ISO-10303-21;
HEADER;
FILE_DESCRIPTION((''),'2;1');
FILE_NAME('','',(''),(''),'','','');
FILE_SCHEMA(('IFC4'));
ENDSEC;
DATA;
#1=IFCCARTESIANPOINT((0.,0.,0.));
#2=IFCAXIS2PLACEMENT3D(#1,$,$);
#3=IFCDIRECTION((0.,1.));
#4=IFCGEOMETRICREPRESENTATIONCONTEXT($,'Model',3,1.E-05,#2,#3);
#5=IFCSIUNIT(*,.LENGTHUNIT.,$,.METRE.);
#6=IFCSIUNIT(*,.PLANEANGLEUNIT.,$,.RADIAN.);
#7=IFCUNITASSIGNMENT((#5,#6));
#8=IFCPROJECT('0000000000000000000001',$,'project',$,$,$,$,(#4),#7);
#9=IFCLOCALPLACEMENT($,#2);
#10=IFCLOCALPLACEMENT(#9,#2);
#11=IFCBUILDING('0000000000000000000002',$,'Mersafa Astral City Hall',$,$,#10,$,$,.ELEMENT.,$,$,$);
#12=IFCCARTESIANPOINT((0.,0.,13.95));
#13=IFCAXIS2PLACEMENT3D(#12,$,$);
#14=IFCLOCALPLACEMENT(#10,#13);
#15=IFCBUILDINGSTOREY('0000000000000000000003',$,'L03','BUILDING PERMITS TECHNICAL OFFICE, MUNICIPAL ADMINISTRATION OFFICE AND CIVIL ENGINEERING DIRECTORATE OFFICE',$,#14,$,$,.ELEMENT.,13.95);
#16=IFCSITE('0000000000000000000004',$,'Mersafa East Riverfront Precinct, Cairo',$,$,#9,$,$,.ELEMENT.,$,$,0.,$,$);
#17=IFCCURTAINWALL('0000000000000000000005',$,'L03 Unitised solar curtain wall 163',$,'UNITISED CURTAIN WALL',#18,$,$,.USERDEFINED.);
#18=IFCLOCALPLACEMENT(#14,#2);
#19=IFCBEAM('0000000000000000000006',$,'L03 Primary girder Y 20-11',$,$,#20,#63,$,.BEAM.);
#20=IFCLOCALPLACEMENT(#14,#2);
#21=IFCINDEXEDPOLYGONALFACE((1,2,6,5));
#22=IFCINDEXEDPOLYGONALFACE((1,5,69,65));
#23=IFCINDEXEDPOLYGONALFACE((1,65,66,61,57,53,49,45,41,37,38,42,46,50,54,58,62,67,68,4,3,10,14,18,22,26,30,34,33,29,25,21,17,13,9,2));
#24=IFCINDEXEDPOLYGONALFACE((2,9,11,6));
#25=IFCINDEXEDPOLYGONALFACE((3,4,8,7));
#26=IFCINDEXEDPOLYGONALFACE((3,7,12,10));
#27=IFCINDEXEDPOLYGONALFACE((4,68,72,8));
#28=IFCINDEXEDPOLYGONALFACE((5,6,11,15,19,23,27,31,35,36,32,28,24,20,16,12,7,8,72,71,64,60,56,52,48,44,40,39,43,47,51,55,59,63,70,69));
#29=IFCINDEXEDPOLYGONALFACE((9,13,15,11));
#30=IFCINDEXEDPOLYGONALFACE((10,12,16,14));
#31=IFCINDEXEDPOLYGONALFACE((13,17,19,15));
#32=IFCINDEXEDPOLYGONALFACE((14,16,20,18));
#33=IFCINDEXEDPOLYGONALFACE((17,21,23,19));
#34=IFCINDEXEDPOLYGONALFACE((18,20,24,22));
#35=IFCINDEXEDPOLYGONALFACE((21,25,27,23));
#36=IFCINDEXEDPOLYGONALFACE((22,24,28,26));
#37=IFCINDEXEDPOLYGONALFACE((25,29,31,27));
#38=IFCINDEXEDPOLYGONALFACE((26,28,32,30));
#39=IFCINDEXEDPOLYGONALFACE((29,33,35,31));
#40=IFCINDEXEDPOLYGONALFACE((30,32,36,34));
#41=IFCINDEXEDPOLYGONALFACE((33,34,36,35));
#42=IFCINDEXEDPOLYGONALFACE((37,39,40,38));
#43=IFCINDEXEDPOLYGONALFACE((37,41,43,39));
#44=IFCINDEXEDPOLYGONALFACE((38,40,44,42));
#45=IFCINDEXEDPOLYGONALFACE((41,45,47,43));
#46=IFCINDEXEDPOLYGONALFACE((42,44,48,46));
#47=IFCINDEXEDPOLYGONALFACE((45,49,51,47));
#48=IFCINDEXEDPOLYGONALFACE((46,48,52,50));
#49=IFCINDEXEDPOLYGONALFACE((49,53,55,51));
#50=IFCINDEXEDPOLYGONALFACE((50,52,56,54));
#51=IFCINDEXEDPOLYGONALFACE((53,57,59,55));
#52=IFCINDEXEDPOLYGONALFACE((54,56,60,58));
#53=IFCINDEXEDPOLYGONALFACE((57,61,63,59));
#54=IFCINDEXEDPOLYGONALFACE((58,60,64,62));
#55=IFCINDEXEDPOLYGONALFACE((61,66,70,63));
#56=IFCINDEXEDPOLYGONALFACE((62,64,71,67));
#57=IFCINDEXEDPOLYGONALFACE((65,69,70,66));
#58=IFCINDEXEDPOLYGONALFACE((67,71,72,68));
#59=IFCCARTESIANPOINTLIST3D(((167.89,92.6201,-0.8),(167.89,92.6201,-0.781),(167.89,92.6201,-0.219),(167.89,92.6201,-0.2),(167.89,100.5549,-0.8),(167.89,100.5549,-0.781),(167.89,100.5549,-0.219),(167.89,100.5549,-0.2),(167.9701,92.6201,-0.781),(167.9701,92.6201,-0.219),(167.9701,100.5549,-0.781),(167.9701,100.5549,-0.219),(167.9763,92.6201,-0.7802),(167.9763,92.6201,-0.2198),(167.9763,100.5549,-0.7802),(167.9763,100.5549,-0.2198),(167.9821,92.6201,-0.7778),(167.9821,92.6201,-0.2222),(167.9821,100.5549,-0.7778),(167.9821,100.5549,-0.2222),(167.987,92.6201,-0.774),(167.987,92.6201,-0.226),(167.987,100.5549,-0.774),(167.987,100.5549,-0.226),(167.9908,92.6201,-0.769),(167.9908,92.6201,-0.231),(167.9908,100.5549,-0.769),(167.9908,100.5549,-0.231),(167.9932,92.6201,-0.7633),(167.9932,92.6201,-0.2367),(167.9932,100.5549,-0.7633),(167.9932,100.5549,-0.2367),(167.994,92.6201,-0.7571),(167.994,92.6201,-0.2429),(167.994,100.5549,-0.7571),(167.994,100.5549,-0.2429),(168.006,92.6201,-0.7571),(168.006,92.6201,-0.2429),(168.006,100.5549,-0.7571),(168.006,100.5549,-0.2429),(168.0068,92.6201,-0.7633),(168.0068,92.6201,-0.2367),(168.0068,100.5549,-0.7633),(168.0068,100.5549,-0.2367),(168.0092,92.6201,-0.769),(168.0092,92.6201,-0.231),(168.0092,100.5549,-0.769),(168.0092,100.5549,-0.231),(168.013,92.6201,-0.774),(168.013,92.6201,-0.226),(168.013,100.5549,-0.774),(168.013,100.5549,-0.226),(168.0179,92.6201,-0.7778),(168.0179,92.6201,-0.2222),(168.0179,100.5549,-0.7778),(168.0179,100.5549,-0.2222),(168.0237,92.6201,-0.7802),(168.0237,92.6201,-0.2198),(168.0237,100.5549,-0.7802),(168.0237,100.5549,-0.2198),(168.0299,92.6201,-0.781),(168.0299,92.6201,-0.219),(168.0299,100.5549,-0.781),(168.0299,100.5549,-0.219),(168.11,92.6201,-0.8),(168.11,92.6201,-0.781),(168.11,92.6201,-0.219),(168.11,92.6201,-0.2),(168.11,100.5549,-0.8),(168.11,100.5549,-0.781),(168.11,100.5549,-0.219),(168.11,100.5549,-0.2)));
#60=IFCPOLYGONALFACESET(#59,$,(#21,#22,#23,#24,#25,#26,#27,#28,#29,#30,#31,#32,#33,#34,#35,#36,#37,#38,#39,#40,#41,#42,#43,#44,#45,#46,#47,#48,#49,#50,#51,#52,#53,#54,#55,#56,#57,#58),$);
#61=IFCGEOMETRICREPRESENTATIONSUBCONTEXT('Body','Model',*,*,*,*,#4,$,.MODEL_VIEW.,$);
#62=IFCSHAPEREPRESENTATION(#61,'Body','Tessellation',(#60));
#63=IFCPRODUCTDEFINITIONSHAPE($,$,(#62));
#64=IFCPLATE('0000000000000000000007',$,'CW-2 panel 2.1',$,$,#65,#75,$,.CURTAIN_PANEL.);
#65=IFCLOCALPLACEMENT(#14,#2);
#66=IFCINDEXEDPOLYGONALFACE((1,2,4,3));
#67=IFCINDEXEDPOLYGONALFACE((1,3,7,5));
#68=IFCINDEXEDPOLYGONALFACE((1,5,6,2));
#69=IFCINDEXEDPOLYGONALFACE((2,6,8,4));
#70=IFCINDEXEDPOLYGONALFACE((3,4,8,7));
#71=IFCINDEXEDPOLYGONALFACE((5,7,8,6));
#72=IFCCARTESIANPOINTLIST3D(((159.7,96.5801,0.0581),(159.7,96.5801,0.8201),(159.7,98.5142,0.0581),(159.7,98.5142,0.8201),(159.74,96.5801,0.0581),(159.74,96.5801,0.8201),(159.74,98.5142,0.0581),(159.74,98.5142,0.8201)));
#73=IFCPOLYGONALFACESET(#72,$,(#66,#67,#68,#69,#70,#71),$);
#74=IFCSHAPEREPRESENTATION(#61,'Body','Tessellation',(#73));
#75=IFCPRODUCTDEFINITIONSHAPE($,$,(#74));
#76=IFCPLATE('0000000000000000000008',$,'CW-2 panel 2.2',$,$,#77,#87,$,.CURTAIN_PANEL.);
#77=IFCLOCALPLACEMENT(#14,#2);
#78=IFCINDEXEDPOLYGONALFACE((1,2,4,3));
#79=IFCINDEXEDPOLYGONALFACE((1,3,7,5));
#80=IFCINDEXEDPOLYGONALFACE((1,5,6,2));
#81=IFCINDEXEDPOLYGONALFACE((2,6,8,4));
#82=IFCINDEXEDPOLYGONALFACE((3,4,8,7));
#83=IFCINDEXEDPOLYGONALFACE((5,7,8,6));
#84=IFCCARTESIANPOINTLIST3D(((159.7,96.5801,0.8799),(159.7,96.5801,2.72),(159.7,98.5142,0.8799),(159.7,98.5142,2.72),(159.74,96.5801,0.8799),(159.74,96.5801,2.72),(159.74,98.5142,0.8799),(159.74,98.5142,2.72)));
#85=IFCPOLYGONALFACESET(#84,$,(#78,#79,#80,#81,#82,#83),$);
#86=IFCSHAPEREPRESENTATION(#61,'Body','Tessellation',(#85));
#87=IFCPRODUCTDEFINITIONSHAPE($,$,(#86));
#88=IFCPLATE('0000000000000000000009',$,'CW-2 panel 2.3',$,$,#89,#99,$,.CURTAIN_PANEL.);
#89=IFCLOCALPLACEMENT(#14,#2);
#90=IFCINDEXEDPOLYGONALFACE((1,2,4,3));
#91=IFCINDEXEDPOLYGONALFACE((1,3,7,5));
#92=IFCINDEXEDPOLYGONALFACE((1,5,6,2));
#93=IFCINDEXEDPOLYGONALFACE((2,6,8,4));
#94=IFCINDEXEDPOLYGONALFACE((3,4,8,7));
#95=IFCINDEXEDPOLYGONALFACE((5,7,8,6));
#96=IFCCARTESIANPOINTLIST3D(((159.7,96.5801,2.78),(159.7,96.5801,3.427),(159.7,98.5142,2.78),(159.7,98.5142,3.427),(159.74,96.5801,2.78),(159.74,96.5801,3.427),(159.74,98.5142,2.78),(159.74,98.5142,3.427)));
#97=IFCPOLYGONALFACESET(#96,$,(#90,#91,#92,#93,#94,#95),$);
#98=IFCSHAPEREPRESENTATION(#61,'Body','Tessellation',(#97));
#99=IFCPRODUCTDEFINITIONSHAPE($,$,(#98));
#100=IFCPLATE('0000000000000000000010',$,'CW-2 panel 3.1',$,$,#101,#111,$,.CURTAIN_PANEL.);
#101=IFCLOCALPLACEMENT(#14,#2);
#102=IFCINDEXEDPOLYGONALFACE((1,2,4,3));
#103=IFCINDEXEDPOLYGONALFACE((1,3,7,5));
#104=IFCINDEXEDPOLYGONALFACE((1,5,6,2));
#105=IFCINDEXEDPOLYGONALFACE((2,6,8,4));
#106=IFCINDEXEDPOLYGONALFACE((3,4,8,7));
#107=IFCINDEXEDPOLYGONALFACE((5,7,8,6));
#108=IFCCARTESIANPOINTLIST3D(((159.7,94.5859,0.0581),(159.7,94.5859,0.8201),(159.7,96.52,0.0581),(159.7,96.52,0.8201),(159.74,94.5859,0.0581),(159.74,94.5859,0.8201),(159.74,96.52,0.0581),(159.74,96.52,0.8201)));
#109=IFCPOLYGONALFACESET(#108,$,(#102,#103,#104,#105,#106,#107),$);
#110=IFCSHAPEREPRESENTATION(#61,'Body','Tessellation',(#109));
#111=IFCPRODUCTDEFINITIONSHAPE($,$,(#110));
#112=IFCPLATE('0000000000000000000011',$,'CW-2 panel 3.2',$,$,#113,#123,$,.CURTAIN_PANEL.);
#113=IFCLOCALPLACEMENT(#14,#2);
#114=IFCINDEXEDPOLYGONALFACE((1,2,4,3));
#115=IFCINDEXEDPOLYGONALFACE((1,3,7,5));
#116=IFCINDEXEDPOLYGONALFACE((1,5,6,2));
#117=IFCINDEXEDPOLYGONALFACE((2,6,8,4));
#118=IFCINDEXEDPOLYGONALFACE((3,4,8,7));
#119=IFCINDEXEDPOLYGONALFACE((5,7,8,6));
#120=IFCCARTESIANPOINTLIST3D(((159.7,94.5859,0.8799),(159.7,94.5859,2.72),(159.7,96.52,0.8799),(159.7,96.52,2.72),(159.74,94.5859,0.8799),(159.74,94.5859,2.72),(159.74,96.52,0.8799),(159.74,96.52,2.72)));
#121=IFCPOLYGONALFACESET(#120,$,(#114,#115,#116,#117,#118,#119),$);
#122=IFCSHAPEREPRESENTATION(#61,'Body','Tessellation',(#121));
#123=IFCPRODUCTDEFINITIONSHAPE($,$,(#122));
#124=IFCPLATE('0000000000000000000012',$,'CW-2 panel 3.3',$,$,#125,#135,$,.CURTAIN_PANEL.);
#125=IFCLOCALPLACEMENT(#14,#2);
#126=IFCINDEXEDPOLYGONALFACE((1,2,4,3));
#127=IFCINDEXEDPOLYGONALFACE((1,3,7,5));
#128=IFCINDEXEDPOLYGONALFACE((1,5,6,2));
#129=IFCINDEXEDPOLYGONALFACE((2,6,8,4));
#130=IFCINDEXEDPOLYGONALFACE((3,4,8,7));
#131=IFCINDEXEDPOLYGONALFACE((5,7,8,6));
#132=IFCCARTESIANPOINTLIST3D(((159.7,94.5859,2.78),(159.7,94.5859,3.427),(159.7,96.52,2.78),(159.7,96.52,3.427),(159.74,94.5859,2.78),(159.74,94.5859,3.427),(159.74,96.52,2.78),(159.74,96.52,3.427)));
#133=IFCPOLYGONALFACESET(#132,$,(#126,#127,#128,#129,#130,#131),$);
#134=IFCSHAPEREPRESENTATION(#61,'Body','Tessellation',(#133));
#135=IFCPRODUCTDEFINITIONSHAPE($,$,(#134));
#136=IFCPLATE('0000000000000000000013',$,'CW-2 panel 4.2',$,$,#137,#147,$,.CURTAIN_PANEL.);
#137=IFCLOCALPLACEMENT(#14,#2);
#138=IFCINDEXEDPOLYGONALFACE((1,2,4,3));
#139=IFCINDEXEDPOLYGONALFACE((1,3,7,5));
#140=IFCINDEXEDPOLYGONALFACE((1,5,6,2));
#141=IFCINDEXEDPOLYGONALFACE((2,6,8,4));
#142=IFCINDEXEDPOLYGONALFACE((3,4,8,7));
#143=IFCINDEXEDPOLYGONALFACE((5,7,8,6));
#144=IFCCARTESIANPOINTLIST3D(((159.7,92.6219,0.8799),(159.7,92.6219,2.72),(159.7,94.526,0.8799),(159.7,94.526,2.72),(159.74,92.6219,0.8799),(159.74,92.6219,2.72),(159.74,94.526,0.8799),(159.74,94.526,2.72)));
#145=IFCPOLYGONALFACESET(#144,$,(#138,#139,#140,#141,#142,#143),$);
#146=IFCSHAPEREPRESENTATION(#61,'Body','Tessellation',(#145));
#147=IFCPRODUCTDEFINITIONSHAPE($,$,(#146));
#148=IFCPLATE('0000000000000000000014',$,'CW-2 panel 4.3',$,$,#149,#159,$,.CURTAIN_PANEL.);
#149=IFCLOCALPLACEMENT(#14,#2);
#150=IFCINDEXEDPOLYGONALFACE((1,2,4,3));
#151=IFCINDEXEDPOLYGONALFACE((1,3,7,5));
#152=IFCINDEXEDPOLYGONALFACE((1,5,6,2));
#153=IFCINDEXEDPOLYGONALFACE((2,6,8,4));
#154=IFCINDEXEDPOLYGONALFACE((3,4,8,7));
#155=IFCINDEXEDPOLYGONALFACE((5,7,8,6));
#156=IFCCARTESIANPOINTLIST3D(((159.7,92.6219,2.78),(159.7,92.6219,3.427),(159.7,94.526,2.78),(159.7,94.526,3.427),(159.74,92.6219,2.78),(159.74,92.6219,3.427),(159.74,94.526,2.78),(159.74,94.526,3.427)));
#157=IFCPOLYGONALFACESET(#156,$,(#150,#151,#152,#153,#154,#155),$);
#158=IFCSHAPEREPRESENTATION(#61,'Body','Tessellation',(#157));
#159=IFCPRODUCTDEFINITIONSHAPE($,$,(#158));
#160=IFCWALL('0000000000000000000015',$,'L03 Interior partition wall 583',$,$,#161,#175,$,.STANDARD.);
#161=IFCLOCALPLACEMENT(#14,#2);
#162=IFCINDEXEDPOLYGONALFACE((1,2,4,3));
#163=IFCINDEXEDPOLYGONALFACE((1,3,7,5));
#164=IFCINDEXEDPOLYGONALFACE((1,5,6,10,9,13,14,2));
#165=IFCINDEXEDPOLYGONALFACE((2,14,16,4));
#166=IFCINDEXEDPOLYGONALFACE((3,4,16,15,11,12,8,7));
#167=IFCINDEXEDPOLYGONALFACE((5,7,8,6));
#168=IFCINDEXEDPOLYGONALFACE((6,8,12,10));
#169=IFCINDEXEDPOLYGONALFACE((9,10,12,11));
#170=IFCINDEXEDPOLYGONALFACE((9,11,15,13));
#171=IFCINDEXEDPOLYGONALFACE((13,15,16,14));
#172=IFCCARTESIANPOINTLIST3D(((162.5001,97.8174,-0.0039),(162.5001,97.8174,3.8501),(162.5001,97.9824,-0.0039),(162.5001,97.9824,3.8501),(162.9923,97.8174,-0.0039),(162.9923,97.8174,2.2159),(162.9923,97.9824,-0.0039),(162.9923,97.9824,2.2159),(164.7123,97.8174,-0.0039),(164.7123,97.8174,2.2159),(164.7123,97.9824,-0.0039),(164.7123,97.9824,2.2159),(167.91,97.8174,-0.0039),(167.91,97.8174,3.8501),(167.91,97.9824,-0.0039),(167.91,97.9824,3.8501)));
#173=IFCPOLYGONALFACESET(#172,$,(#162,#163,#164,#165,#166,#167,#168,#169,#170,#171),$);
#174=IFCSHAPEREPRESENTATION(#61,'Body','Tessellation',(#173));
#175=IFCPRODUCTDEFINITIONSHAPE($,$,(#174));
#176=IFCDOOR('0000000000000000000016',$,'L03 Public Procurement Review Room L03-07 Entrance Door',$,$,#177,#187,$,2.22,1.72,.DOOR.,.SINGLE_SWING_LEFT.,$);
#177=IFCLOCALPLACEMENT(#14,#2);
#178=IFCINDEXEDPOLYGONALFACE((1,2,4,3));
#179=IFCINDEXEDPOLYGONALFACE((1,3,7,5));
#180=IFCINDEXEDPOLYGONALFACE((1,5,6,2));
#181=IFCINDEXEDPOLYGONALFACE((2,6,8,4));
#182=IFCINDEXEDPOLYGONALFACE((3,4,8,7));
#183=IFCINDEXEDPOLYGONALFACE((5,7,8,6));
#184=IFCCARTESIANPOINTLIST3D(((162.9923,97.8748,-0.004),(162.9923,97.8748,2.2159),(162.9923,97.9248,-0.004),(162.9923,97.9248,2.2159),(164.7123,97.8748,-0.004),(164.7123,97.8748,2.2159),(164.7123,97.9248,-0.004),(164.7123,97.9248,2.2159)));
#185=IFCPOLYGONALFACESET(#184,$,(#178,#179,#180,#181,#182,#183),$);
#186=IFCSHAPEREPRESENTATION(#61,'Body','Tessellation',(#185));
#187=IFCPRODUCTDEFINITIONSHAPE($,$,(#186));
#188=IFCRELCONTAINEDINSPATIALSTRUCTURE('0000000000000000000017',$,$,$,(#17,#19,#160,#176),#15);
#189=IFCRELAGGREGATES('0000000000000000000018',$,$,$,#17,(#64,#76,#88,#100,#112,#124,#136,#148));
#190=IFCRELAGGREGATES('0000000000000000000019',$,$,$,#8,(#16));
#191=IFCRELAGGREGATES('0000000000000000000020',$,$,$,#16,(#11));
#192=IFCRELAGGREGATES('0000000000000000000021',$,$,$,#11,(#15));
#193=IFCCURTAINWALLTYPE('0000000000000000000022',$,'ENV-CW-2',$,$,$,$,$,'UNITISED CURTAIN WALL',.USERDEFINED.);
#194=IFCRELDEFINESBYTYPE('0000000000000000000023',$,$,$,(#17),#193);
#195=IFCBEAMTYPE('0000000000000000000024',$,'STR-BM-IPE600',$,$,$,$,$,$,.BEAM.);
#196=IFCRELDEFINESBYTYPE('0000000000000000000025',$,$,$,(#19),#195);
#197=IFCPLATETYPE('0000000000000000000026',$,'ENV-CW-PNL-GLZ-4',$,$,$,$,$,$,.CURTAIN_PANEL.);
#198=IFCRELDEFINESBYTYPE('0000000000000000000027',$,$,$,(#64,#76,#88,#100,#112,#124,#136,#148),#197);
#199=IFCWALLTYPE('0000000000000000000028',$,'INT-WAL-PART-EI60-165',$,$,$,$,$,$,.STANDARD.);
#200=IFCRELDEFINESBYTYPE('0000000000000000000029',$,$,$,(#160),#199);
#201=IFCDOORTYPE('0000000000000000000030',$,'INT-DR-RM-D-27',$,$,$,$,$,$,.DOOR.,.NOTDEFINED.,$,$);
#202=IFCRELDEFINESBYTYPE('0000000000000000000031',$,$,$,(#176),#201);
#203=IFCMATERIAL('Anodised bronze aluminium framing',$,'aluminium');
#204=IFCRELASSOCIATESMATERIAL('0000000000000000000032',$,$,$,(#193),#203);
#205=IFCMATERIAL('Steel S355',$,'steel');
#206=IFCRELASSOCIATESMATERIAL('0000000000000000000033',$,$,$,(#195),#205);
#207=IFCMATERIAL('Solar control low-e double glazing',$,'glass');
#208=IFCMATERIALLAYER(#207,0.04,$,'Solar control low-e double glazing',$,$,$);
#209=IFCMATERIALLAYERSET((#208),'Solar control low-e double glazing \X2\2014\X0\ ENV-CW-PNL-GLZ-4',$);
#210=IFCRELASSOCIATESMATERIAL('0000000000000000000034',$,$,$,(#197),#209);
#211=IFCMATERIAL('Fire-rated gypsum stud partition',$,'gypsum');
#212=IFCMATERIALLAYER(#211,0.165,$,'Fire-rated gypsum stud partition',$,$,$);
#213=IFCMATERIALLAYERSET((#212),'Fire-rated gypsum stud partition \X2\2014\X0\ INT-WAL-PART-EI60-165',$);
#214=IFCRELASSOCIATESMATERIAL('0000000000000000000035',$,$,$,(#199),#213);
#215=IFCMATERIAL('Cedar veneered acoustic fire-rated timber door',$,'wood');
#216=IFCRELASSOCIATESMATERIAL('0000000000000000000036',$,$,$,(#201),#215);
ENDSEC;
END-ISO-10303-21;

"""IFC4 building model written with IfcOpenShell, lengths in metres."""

from ifc_helpers import new_model, si_unit, direction, frame, frame_2d, origin, origin_2d, place, context, subcontext, project, spatial, rectangle, i_section, extrude, material, layer, layer_set, material_profile, profile_set, type_object, element, fill, aggregate, save


model = new_model("IFC4")

# Units and contexts
model_context = context("Model", 3, precision=1e-05, world=origin(), true_north=direction((0.0, 1.0)))
body_context = subcontext(model_context, "Body", "Model", "MODEL_VIEW")
ifc_project = project(units=[si_unit("LENGTHUNIT", "METRE"), si_unit("PLANEANGLEUNIT", "RADIAN")], contexts=[model_context])

# Site, building, storey
site_placement = place(None, origin())
site = spatial("IfcSite", under=ifc_project, at=site_placement, Name="Mersafa East Riverfront Precinct, Cairo", CompositionType="ELEMENT", RefElevation=0.0)
building_placement = place(site_placement, origin())
building = spatial("IfcBuilding", under=site, at=building_placement, Name="Mersafa Astral City Hall", CompositionType="ELEMENT")
storey_placement = place(building_placement, frame((0.0, 0.0, 13.95)))
storey = spatial("IfcBuildingStorey", under=building, at=storey_placement, Name="L03", Description="BUILDING PERMITS TECHNICAL OFFICE, MUNICIPAL ADMINISTRATION OFFICE AND CIVIL ENGINEERING DIRECTORATE OFFICE", CompositionType="ELEMENT", Elevation=13.95)

# Curtain wall
ifc_material_1 = material(Name="Anodised bronze aluminium framing", Category="aluminium")
curtain_wall_type = type_object("IfcCurtainWallType", Name="ENV-CW-2", ElementType="UNITISED CURTAIN WALL", PredefinedType="USERDEFINED", material=ifc_material_1)
curtain_wall_placement = place(storey_placement, origin())
curtain_wall = element("IfcCurtainWall", 1, at=curtain_wall_placement, inside=storey, type_object=curtain_wall_type, Name="L03 Unitised solar curtain wall 163", ObjectType="UNITISED CURTAIN WALL", PredefinedType="USERDEFINED")

# Beam
ifc_material_2 = material(Name="Steel S355", Category="steel")
ifc_material_profile_1 = material_profile(ifc_material_2, i_section(OverallWidth=0.22, OverallDepth=0.6001, WebThickness=0.012, FlangeThickness=0.019, FilletRadius=0.0239, at=origin_2d()), Name="IPE 600")
ifc_profile_set_1 = profile_set([ifc_material_profile_1], Name="Steel S355")
beam_type = type_object("IfcBeamType", Name="STR-BM-IPE600", PredefinedType="BEAM", material=ifc_profile_set_1)
beam_placement = place(storey_placement, frame((168.0, 92.6201, -0.5), z_axis=(0.0, 1.0, 0.0), x_axis=(-1.0, 0.0, 0.0)))
element("IfcBeam", 2, at=beam_placement, inside=storey, type_object=beam_type, Name="L03 Primary girder Y 20-11", PredefinedType="BEAM", context=body_context, shape_type="SweptSolid", body=[
    extrude(i_section(OverallWidth=0.22, OverallDepth=0.6001, WebThickness=0.012, FlangeThickness=0.019, FilletRadius=0.0239, at=origin_2d()), origin(), (0.0, 0.0, 1.0), 7.9348),
])

# Plates
ifc_material_3 = material(Name="Solar control low-e double glazing", Category="glass")
ifc_layer_1 = layer(ifc_material_3, 0.04, Name="Solar control low-e double glazing")
ifc_layer_set_1 = layer_set([ifc_layer_1], Name="Solar control low-e double glazing — ENV-CW-PNL-GLZ-4")
plate_type = type_object("IfcPlateType", Name="ENV-CW-PNL-GLZ-4", PredefinedType="CURTAIN_PANEL", material=ifc_layer_set_1)
plate_1_placement = place(storey_placement, frame((159.72, 97.5471, 0.0581), z_axis=(0.0, 0.0, 1.0), x_axis=(0.0, -1.0, 0.0)))
plate_1 = element("IfcPlate", 3, at=plate_1_placement, type_object=plate_type, Name="CW-2 panel 2.1", PredefinedType="CURTAIN_PANEL", context=body_context, shape_type="SweptSolid", body=[
    extrude(rectangle(XDim=1.9341, YDim=0.04, at=origin_2d()), origin(), (0.0, 0.0, 1.0), 0.762),
])
plate_2_placement = place(storey_placement, frame((159.72, 97.5471, 0.8799), z_axis=(0.0, 0.0, 1.0), x_axis=(0.0, -1.0, 0.0)))
plate_2 = element("IfcPlate", 4, at=plate_2_placement, type_object=plate_type, Name="CW-2 panel 2.2", PredefinedType="CURTAIN_PANEL", context=body_context, shape_type="SweptSolid", body=[
    extrude(rectangle(XDim=1.9341, YDim=0.04, at=origin_2d()), origin(), (0.0, 0.0, 1.0), 1.8401),
])
plate_3_placement = place(storey_placement, frame((159.72, 97.5471, 2.78), z_axis=(0.0, 0.0, 1.0), x_axis=(0.0, -1.0, 0.0)))
plate_3 = element("IfcPlate", 5, at=plate_3_placement, type_object=plate_type, Name="CW-2 panel 2.3", PredefinedType="CURTAIN_PANEL", context=body_context, shape_type="SweptSolid", body=[
    extrude(rectangle(XDim=1.9341, YDim=0.04, at=origin_2d()), origin(), (0.0, 0.0, 1.0), 0.647),
])
plate_4_placement = place(storey_placement, frame((159.72, 95.553, 0.0581), z_axis=(0.0, 0.0, 1.0), x_axis=(0.0, -1.0, 0.0)))
plate_4 = element("IfcPlate", 6, at=plate_4_placement, type_object=plate_type, Name="CW-2 panel 3.1", PredefinedType="CURTAIN_PANEL", context=body_context, shape_type="SweptSolid", body=[
    extrude(rectangle(XDim=1.9341, YDim=0.04, at=origin_2d()), origin(), (0.0, 0.0, 1.0), 0.762),
])
plate_5_placement = place(storey_placement, frame((159.72, 95.553, 0.8799), z_axis=(0.0, 0.0, 1.0), x_axis=(0.0, -1.0, 0.0)))
plate_5 = element("IfcPlate", 7, at=plate_5_placement, type_object=plate_type, Name="CW-2 panel 3.2", PredefinedType="CURTAIN_PANEL", context=body_context, shape_type="SweptSolid", body=[
    extrude(rectangle(XDim=1.9341, YDim=0.04, at=origin_2d()), origin(), (0.0, 0.0, 1.0), 1.8401),
])
plate_6_placement = place(storey_placement, frame((159.72, 95.553, 2.78), z_axis=(0.0, 0.0, 1.0), x_axis=(0.0, -1.0, 0.0)))
plate_6 = element("IfcPlate", 8, at=plate_6_placement, type_object=plate_type, Name="CW-2 panel 3.3", PredefinedType="CURTAIN_PANEL", context=body_context, shape_type="SweptSolid", body=[
    extrude(rectangle(XDim=1.9341, YDim=0.04, at=origin_2d()), origin(), (0.0, 0.0, 1.0), 0.647),
])
plate_7_placement = place(storey_placement, frame((159.72, 93.574, 0.8799), z_axis=(0.0, 0.0, 1.0), x_axis=(0.0, -1.0, 0.0)))
plate_7 = element("IfcPlate", 9, at=plate_7_placement, type_object=plate_type, Name="CW-2 panel 4.2", PredefinedType="CURTAIN_PANEL", context=body_context, shape_type="SweptSolid", body=[
    extrude(rectangle(XDim=1.9041, YDim=0.04, at=origin_2d()), origin(), (0.0, 0.0, 1.0), 1.8401),
])
plate_8_placement = place(storey_placement, frame((159.72, 93.574, 2.78), z_axis=(0.0, 0.0, 1.0), x_axis=(0.0, -1.0, 0.0)))
plate_8 = element("IfcPlate", 10, at=plate_8_placement, type_object=plate_type, Name="CW-2 panel 4.3", PredefinedType="CURTAIN_PANEL", context=body_context, shape_type="SweptSolid", body=[
    extrude(rectangle(XDim=1.9041, YDim=0.04, at=origin_2d()), origin(), (0.0, 0.0, 1.0), 0.647),
])
aggregate(curtain_wall, [plate_1, plate_2, plate_3, plate_4, plate_5, plate_6, plate_7, plate_8])

# Wall, opening, door
ifc_material_4 = material(Name="Fire-rated gypsum stud partition", Category="gypsum")
ifc_layer_2 = layer(ifc_material_4, 0.165, Name="Fire-rated gypsum stud partition")
ifc_layer_set_2 = layer_set([ifc_layer_2], Name="Fire-rated gypsum stud partition — INT-WAL-PART-EI60-165")
wall_type = type_object("IfcWallType", Name="INT-WAL-PART-EI60-165", PredefinedType="STANDARD", material=ifc_layer_set_2)
wall_placement = place(storey_placement, frame((162.5, 97.8999, -0.0039), z_axis=(0.0, 0.0, 1.0), x_axis=(1.0, 0.0, 0.0)))
wall = element("IfcWall", 11, at=wall_placement, inside=storey, type_object=wall_type, Name="L03 Interior partition wall 583", PredefinedType="STANDARD", context=body_context, shape_type="SweptSolid", body=[
    extrude(rectangle(XDim=5.4099, YDim=0.165, at=frame_2d((2.7051, 0.0))), origin(), (0.0, 0.0, 1.0), 3.854),
])
opening_placement = place(wall_placement, frame((0.4924, 0.0, 0.0)))
opening = element("IfcOpeningElement", 12, at=opening_placement, cuts=wall, PredefinedType="OPENING", context=body_context, shape_type="SweptSolid", body=[
    extrude(rectangle(XDim=1.72, YDim=2.22, at=frame_2d((0.8599, 1.1099))), frame((0.0, 0.0925, 0.0), z_axis=(0.0, -1.0, 0.0), x_axis=(1.0, 0.0, 0.0)), (0.0, 0.0, 1.0), 0.1851),
])
ifc_material_5 = material(Name="Cedar veneered acoustic fire-rated timber door", Category="wood")
door_type = type_object("IfcDoorType", Name="INT-DR-RM-D-27", OperationType="NOTDEFINED", PredefinedType="DOOR", material=ifc_material_5)
door_placement = place(opening_placement, origin())
door = element("IfcDoor", 13, at=door_placement, inside=storey, type_object=door_type, Name="L03 Public Procurement Review Room L03-07 Entrance Door", OperationType="SINGLE_SWING_LEFT", OverallHeight=2.22, OverallWidth=1.72, PredefinedType="DOOR", context=body_context, shape_type="SweptSolid", body=[
    extrude(rectangle(XDim=1.72, YDim=2.22, at=frame_2d((0.8599, 1.1099))), frame((0.0, 0.0249, 0.0), z_axis=(0.0, -1.0, 0.0), x_axis=(1.0, 0.0, 0.0)), (0.0, 0.0, 1.0), 0.05),
])
fill(opening, door)

save(model, "model.ifc")
